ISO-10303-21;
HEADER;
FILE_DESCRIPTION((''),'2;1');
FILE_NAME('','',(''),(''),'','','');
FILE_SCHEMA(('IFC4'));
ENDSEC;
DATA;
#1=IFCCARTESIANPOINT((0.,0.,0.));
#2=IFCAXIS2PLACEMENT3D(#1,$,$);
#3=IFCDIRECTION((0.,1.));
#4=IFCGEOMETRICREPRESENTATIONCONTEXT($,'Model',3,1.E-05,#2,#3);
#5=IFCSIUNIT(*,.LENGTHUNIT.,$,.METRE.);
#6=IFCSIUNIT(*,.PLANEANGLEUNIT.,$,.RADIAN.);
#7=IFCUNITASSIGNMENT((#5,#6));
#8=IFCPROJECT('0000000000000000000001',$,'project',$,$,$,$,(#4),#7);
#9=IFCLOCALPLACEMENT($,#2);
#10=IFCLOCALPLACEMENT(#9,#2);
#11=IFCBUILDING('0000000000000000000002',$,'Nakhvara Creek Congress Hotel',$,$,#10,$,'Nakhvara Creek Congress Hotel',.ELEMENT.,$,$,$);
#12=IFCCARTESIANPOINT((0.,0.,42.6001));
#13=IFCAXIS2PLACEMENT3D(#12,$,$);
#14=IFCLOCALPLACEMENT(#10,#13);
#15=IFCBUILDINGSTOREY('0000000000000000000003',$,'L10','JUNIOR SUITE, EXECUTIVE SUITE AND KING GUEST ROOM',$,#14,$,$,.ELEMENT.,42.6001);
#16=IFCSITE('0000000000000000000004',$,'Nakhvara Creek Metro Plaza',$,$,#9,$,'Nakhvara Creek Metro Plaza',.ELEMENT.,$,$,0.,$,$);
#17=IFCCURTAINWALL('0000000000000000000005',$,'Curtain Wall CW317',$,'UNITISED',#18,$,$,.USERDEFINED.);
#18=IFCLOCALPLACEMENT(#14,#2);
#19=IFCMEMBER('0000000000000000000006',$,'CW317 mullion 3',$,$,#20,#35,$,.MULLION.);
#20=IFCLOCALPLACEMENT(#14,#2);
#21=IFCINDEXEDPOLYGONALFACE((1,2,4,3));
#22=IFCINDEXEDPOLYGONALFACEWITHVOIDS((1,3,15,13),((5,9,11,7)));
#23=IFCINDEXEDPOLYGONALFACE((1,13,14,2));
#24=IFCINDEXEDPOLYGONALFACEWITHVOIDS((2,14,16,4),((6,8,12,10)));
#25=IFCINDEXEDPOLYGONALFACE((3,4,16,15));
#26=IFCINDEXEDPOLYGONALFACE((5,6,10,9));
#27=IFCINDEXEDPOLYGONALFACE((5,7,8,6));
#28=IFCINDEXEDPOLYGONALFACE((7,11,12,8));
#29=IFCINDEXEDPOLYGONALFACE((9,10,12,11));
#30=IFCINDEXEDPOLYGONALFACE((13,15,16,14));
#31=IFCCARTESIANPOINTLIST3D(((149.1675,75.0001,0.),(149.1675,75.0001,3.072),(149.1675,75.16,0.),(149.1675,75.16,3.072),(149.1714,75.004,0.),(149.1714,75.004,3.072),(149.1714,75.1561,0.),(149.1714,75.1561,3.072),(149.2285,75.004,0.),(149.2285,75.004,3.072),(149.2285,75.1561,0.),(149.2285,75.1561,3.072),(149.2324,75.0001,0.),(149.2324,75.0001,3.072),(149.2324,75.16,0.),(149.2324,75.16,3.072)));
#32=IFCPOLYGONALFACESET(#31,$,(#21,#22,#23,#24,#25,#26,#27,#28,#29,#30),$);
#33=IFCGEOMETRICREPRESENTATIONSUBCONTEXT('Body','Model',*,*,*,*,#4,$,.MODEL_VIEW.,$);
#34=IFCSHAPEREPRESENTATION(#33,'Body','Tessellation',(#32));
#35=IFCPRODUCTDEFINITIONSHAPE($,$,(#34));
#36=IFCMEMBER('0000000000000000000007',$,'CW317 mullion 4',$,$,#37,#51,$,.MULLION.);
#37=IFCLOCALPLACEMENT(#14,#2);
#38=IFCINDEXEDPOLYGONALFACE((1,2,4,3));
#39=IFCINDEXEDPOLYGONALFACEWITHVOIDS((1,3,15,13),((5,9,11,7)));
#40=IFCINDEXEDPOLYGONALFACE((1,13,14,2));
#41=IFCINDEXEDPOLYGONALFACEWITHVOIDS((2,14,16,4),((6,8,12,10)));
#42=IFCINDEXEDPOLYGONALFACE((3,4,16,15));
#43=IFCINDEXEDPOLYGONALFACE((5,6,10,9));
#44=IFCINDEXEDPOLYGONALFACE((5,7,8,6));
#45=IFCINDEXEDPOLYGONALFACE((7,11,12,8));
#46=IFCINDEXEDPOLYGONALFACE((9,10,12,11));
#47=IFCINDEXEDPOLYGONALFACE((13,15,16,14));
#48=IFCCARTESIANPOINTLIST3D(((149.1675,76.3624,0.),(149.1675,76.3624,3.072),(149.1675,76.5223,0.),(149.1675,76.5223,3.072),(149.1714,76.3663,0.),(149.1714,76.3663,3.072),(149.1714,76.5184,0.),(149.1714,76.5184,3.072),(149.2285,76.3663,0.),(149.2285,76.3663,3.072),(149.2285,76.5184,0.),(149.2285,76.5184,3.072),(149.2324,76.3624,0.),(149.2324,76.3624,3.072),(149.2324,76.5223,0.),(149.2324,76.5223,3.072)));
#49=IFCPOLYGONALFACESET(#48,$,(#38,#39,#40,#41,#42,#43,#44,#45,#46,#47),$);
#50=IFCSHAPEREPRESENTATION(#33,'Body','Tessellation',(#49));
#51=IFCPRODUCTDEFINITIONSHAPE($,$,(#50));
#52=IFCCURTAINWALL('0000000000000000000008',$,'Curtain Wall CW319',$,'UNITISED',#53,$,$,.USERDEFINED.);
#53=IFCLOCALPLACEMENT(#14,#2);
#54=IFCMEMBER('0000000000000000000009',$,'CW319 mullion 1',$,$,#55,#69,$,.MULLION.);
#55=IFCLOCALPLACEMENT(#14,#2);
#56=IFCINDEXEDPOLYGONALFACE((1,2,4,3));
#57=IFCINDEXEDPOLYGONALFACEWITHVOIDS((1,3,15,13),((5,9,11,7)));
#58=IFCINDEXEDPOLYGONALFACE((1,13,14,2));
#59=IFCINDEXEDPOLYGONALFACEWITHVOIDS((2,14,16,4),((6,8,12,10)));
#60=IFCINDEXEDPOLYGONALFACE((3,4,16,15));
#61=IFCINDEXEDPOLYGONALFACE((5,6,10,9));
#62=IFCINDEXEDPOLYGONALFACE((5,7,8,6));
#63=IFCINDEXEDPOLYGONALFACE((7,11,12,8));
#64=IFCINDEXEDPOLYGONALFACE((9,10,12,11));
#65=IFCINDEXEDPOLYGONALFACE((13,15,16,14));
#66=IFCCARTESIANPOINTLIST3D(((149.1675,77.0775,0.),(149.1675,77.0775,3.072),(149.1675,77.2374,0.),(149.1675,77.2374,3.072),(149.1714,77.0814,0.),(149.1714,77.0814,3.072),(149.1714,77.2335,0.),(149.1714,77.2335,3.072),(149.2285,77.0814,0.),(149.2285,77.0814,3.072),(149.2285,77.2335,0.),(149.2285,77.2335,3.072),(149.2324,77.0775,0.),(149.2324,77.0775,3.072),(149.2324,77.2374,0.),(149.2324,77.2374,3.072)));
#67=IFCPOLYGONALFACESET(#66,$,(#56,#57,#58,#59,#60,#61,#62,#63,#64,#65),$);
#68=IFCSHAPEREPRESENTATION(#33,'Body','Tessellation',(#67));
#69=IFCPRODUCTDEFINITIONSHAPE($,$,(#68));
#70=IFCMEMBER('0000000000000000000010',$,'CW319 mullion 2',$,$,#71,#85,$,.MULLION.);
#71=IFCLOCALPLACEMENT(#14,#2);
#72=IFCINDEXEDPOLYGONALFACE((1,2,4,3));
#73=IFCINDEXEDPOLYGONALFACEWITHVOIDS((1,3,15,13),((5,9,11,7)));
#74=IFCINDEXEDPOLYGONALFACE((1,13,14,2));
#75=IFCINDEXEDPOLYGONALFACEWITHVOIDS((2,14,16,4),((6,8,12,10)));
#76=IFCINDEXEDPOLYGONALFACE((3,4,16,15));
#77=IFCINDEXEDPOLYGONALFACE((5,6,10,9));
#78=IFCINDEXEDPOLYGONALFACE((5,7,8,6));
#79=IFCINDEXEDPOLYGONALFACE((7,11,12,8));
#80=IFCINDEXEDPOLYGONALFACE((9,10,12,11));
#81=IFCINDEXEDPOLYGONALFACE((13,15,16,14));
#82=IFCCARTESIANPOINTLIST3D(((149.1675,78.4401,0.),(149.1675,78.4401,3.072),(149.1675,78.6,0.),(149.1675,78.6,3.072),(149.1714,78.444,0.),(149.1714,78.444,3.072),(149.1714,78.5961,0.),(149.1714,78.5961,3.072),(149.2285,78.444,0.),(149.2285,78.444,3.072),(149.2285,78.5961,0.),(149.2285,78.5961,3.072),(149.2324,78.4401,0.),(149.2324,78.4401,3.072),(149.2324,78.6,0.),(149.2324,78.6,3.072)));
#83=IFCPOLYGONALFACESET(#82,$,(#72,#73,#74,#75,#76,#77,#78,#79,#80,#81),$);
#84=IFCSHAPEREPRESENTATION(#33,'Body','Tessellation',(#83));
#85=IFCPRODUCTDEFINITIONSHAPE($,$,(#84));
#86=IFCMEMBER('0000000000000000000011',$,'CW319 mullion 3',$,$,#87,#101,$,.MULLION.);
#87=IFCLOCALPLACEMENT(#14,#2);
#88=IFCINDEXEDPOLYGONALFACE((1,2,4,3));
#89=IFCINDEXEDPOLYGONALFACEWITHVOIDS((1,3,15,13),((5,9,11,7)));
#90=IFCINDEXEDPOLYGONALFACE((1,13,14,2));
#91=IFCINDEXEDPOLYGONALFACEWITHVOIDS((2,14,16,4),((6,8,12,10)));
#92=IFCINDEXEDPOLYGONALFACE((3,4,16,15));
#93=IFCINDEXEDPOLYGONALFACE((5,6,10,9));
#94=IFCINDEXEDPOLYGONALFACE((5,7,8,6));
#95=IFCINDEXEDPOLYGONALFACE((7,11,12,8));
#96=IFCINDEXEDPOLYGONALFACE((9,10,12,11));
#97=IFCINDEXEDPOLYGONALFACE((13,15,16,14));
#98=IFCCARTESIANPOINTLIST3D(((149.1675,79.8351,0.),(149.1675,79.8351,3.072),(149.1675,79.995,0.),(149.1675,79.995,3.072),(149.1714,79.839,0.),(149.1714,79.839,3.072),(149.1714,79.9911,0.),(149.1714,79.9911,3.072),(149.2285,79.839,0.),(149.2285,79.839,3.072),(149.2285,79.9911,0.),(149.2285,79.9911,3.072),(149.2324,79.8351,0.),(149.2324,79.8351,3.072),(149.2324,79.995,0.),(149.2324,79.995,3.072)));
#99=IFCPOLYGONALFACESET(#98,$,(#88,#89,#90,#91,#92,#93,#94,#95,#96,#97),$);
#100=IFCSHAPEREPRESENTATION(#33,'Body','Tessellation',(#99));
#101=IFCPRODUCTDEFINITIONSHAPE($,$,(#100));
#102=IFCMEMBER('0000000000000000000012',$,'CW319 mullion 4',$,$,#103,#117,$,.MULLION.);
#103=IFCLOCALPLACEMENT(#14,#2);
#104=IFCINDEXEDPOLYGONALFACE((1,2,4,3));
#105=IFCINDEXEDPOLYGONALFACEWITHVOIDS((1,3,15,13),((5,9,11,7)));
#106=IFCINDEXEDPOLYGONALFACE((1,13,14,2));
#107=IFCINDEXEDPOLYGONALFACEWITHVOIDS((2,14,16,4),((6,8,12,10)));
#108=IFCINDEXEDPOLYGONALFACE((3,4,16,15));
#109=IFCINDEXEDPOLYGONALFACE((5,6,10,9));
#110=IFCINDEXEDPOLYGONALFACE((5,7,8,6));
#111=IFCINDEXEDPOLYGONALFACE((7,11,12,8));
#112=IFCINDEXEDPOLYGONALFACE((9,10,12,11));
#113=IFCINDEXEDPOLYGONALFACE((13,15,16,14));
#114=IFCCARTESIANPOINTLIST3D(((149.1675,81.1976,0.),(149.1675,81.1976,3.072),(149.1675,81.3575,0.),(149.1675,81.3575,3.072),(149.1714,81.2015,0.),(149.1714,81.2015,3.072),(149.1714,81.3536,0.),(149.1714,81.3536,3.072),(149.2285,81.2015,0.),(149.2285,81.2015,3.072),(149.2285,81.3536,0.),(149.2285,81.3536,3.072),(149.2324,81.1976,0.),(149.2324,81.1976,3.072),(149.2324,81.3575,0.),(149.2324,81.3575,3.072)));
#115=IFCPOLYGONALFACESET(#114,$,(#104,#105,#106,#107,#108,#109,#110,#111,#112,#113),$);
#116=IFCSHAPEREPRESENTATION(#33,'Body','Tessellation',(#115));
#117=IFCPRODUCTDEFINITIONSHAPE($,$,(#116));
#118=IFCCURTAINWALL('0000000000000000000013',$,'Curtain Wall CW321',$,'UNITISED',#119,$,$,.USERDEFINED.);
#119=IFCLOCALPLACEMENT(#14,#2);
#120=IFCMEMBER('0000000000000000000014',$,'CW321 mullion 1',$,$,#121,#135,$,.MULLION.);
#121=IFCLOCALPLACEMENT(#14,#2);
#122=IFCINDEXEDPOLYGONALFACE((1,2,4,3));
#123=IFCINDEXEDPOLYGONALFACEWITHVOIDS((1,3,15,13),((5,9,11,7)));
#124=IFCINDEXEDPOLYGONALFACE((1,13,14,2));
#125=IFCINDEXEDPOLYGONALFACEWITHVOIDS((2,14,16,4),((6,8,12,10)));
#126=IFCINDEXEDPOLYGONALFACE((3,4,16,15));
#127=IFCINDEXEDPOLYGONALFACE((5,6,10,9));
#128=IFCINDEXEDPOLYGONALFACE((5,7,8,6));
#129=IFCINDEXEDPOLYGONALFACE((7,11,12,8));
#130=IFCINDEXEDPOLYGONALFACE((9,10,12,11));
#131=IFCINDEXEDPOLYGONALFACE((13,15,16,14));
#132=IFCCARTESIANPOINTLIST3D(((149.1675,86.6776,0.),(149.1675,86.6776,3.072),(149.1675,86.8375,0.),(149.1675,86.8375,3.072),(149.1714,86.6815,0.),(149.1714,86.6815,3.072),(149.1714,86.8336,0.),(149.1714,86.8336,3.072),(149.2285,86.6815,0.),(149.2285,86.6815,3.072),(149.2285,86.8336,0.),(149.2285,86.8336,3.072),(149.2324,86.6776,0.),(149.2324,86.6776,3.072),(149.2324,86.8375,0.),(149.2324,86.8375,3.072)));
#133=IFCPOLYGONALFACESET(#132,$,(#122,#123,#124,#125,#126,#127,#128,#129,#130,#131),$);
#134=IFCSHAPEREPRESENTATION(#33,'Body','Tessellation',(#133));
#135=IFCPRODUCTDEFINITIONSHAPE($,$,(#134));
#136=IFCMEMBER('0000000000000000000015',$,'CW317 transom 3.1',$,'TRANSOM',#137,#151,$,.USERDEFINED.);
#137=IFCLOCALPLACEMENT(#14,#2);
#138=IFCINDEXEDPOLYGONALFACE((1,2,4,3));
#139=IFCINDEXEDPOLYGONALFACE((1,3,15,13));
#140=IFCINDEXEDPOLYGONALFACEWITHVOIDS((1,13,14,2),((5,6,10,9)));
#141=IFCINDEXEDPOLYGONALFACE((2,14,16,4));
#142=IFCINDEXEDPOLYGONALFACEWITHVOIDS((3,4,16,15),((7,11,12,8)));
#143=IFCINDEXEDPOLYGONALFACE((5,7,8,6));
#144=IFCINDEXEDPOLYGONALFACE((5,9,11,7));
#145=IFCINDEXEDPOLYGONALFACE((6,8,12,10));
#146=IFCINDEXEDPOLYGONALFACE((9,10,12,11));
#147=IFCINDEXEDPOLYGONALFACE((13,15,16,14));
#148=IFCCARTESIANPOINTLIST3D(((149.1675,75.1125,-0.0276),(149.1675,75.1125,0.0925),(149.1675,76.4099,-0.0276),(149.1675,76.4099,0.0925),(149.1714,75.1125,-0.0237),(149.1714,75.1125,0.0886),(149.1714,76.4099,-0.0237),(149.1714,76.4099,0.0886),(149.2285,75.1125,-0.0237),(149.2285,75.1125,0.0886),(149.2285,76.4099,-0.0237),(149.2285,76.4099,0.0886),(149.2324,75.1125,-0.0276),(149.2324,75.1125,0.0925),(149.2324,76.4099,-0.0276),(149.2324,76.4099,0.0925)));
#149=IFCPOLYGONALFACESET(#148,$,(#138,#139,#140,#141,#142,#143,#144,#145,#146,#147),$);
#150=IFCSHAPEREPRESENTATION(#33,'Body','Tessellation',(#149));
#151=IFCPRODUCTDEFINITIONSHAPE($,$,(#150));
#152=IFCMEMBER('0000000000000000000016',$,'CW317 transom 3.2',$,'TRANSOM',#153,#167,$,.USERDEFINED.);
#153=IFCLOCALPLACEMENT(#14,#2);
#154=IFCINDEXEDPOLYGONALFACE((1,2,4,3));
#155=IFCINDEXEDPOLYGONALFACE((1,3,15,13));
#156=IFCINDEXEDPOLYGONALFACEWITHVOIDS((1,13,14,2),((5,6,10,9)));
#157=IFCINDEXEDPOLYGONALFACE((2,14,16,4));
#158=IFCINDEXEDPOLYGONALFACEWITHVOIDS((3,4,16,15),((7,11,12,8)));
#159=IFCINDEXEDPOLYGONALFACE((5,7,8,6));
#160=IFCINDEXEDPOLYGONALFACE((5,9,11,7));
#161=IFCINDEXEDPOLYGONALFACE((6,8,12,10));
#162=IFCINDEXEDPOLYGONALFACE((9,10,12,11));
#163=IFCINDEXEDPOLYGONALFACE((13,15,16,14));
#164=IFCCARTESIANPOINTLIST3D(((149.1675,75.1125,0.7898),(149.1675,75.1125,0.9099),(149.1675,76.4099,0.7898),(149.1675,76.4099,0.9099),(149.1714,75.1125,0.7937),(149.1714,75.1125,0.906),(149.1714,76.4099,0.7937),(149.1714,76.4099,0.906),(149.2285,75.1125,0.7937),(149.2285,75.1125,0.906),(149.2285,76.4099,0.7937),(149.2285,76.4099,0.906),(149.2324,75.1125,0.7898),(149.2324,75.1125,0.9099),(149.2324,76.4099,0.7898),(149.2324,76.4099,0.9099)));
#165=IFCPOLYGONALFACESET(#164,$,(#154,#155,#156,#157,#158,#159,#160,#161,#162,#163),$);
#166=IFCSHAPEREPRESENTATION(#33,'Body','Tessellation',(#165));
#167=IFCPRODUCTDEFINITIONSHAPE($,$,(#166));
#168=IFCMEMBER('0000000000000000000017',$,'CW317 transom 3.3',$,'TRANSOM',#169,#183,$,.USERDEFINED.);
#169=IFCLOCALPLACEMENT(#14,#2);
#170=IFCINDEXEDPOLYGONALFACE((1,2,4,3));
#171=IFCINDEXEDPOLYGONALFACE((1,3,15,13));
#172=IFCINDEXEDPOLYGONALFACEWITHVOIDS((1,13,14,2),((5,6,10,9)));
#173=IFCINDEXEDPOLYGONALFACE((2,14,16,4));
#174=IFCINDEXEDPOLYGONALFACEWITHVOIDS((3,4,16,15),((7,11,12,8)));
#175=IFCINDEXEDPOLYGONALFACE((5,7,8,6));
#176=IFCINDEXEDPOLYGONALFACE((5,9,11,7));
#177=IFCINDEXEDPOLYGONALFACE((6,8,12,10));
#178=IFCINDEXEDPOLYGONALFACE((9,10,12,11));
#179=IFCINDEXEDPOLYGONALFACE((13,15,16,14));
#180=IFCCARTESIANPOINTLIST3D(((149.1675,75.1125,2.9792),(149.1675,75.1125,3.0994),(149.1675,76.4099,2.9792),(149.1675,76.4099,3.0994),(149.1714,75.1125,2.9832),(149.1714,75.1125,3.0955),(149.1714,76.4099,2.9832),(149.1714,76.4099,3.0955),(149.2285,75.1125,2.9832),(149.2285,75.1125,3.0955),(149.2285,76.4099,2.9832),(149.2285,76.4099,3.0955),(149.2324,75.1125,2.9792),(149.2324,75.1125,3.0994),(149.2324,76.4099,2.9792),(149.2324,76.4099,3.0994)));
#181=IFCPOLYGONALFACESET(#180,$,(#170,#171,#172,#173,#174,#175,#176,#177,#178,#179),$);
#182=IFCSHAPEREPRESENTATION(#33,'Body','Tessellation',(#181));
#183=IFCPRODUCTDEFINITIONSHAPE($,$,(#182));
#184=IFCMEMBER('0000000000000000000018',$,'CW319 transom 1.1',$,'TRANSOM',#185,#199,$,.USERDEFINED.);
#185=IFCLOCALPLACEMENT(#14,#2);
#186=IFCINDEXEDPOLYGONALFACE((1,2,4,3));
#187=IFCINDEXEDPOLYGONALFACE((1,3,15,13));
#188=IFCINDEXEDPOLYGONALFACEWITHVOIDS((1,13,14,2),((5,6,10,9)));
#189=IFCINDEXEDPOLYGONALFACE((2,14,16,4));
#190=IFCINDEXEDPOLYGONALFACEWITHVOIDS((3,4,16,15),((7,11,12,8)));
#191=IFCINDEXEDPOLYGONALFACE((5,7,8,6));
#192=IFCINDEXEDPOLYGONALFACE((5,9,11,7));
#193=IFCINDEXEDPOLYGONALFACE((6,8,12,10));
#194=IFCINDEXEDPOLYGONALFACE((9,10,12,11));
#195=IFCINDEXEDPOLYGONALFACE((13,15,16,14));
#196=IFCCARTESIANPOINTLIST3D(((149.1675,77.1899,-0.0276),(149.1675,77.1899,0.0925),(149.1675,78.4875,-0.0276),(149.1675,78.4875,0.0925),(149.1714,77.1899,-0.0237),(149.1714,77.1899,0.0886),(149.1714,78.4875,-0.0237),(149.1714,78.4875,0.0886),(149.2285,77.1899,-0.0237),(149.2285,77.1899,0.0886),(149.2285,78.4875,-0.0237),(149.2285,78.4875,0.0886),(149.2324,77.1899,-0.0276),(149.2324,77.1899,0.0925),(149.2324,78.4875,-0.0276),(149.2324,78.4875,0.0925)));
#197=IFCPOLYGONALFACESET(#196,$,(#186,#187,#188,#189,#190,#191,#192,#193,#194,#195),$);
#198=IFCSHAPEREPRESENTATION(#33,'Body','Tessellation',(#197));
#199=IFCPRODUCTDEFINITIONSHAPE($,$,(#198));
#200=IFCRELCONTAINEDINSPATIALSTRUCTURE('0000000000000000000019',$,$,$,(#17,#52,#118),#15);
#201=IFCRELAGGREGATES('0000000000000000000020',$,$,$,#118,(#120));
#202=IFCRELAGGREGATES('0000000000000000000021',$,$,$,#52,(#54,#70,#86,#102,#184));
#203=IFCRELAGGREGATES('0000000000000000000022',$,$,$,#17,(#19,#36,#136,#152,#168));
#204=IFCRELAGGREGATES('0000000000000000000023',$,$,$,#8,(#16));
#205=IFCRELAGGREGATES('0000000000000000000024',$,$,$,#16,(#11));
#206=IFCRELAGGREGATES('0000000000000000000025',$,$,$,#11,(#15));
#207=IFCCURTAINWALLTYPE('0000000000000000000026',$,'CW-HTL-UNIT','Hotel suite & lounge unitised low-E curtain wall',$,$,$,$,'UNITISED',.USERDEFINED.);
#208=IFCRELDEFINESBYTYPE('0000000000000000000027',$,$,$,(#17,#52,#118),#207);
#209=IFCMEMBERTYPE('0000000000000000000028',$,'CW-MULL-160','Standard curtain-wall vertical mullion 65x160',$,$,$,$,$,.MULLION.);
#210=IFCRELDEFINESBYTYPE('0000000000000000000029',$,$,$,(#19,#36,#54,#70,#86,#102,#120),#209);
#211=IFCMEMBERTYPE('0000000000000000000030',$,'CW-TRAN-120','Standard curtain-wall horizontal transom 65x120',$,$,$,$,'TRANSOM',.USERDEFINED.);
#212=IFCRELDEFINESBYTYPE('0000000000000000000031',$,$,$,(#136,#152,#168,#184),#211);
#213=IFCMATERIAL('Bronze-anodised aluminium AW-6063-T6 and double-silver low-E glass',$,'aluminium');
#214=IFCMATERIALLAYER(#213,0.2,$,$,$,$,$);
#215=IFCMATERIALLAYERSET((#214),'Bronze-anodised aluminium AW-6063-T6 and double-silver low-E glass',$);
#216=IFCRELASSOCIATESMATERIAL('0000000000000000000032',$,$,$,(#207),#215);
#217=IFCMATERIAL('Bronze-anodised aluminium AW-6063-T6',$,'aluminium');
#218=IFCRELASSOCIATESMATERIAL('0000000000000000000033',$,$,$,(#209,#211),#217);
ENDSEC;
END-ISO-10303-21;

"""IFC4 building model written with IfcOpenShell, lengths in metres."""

from ifc_helpers import new_model, si_unit, direction, frame, origin, origin_2d, place, context, subcontext, project, spatial, hollow_rectangle, extrude, material, layer, layer_set, material_profile, profile_set, type_object, element, aggregate, save


model = new_model("IFC4")

# Units and contexts
model_context = context("Model", 3, precision=1e-05, world=origin(), true_north=direction((0.0, 1.0)))
body_context = subcontext(model_context, "Body", "Model", "MODEL_VIEW")
ifc_project = project(units=[si_unit("LENGTHUNIT", "METRE"), si_unit("PLANEANGLEUNIT", "RADIAN")], contexts=[model_context])

# Site, building, storey
site_placement = place(None, origin())
site = spatial("IfcSite", under=ifc_project, at=site_placement, Name="Nakhvara Creek Metro Plaza", LongName="Nakhvara Creek Metro Plaza", CompositionType="ELEMENT", RefElevation=0.0)
building_placement = place(site_placement, origin())
building = spatial("IfcBuilding", under=site, at=building_placement, Name="Nakhvara Creek Congress Hotel", LongName="Nakhvara Creek Congress Hotel", CompositionType="ELEMENT")
storey_placement = place(building_placement, frame((0.0, 0.0, 42.6001)))
storey = spatial("IfcBuildingStorey", under=building, at=storey_placement, Name="L10", Description="JUNIOR SUITE, EXECUTIVE SUITE AND KING GUEST ROOM", CompositionType="ELEMENT", Elevation=42.6001)

# Curtain walls, members
ifc_material_1 = material(Name="Bronze-anodised aluminium AW-6063-T6 and double-silver low-E glass", Category="aluminium")
ifc_layer = layer(ifc_material_1, 0.2)
ifc_layer_set = layer_set([ifc_layer], Name="Bronze-anodised aluminium AW-6063-T6 and double-silver low-E glass")
curtain_wall_type = type_object("IfcCurtainWallType", Name="CW-HTL-UNIT", Description="Hotel suite & lounge unitised low-E curtain wall", ElementType="UNITISED", PredefinedType="USERDEFINED", material=ifc_layer_set)
curtain_wall_1_placement = place(storey_placement, origin())
curtain_wall_1 = element("IfcCurtainWall", 1, at=curtain_wall_1_placement, inside=storey, type_object=curtain_wall_type, Name="Curtain Wall CW317", ObjectType="UNITISED", PredefinedType="USERDEFINED")
ifc_material_2 = material(Name="Bronze-anodised aluminium AW-6063-T6", Category="aluminium")
ifc_material_profile_1 = material_profile(ifc_material_2, hollow_rectangle(XDim=0.0649, YDim=0.1599, WallThickness=0.0039, at=origin_2d()), Name="ALU-MULL 65x160x4", Category="LoadBearing")
ifc_profile_set_1 = profile_set([ifc_material_profile_1], Name="Bronze-anodised aluminium AW-6063-T6")
member_type_1 = type_object("IfcMemberType", Name="CW-MULL-160", Description="Standard curtain-wall vertical mullion 65x160", PredefinedType="MULLION", material=ifc_profile_set_1)
member_1_placement = place(storey_placement, frame((149.2, 75.0801, 0.0), z_axis=(0.0, 0.0, 1.0), x_axis=(-1.0, 0.0, 0.0)))
member_1 = element("IfcMember", 2, at=member_1_placement, type_object=member_type_1, Name="CW317 mullion 3", PredefinedType="MULLION", context=body_context, shape_type="SweptSolid", body=[
    extrude(hollow_rectangle(XDim=0.0649, YDim=0.1599, WallThickness=0.0039, at=origin_2d()), origin(), (0.0, 0.0, 1.0), 3.072),
])
member_2_placement = place(storey_placement, frame((149.2, 76.4424, 0.0), z_axis=(0.0, 0.0, 1.0), x_axis=(-1.0, 0.0, 0.0)))
member_2 = element("IfcMember", 3, at=member_2_placement, type_object=member_type_1, Name="CW317 mullion 4", PredefinedType="MULLION", context=body_context, shape_type="SweptSolid", body=[
    extrude(hollow_rectangle(XDim=0.0649, YDim=0.1599, WallThickness=0.0039, at=origin_2d()), origin(), (0.0, 0.0, 1.0), 3.072),
])
curtain_wall_2_placement = place(storey_placement, origin())
curtain_wall_2 = element("IfcCurtainWall", 4, at=curtain_wall_2_placement, inside=storey, type_object=curtain_wall_type, Name="Curtain Wall CW319", ObjectType="UNITISED", PredefinedType="USERDEFINED")
member_3_placement = place(storey_placement, frame((149.2, 77.1575, 0.0), z_axis=(0.0, 0.0, 1.0), x_axis=(-1.0, 0.0, 0.0)))
member_3 = element("IfcMember", 5, at=member_3_placement, type_object=member_type_1, Name="CW319 mullion 1", PredefinedType="MULLION", context=body_context, shape_type="SweptSolid", body=[
    extrude(hollow_rectangle(XDim=0.0649, YDim=0.1599, WallThickness=0.0039, at=origin_2d()), origin(), (0.0, 0.0, 1.0), 3.072),
])
member_4_placement = place(storey_placement, frame((149.2, 78.52, 0.0), z_axis=(0.0, 0.0, 1.0), x_axis=(-1.0, 0.0, 0.0)))
member_4 = element("IfcMember", 6, at=member_4_placement, type_object=member_type_1, Name="CW319 mullion 2", PredefinedType="MULLION", context=body_context, shape_type="SweptSolid", body=[
    extrude(hollow_rectangle(XDim=0.0649, YDim=0.1599, WallThickness=0.0039, at=origin_2d()), origin(), (0.0, 0.0, 1.0), 3.072),
])
member_5_placement = place(storey_placement, frame((149.2, 79.915, 0.0), z_axis=(0.0, 0.0, 1.0), x_axis=(-1.0, 0.0, 0.0)))
member_5 = element("IfcMember", 7, at=member_5_placement, type_object=member_type_1, Name="CW319 mullion 3", PredefinedType="MULLION", context=body_context, shape_type="SweptSolid", body=[
    extrude(hollow_rectangle(XDim=0.0649, YDim=0.1599, WallThickness=0.0039, at=origin_2d()), origin(), (0.0, 0.0, 1.0), 3.072),
])
member_6_placement = place(storey_placement, frame((149.2, 81.2776, 0.0), z_axis=(0.0, 0.0, 1.0), x_axis=(-1.0, 0.0, 0.0)))
member_6 = element("IfcMember", 8, at=member_6_placement, type_object=member_type_1, Name="CW319 mullion 4", PredefinedType="MULLION", context=body_context, shape_type="SweptSolid", body=[
    extrude(hollow_rectangle(XDim=0.0649, YDim=0.1599, WallThickness=0.0039, at=origin_2d()), origin(), (0.0, 0.0, 1.0), 3.072),
])

# Curtain wall, member
curtain_wall_3_placement = place(storey_placement, origin())
curtain_wall_3 = element("IfcCurtainWall", 9, at=curtain_wall_3_placement, inside=storey, type_object=curtain_wall_type, Name="Curtain Wall CW321", ObjectType="UNITISED", PredefinedType="USERDEFINED")
member_7_placement = place(storey_placement, frame((149.2, 86.7576, 0.0), z_axis=(0.0, 0.0, 1.0), x_axis=(-1.0, 0.0, 0.0)))
member_7 = element("IfcMember", 10, at=member_7_placement, type_object=member_type_1, Name="CW321 mullion 1", PredefinedType="MULLION", context=body_context, shape_type="SweptSolid", body=[
    extrude(hollow_rectangle(XDim=0.0649, YDim=0.1599, WallThickness=0.0039, at=origin_2d()), origin(), (0.0, 0.0, 1.0), 3.072),
])

# Members
ifc_material_profile_2 = material_profile(ifc_material_2, hollow_rectangle(XDim=0.0649, YDim=0.1201, WallThickness=0.0039, at=origin_2d()), Name="ALU-TRAN 65x120x4", Category="LoadBearing")
ifc_profile_set_2 = profile_set([ifc_material_profile_2], Name="Bronze-anodised aluminium AW-6063-T6")
member_type_2 = type_object("IfcMemberType", Name="CW-TRAN-120", Description="Standard curtain-wall horizontal transom 65x120", ElementType="TRANSOM", PredefinedType="USERDEFINED", material=ifc_profile_set_2)
member_8_placement = place(storey_placement, frame((149.2, 75.1125, 0.0325), z_axis=(0.0, 1.0, 0.0), x_axis=(-1.0, 0.0, 0.0)))
member_8 = element("IfcMember", 11, at=member_8_placement, type_object=member_type_2, Name="CW317 transom 3.1", ObjectType="TRANSOM", PredefinedType="USERDEFINED", context=body_context, shape_type="SweptSolid", body=[
    extrude(hollow_rectangle(XDim=0.0649, YDim=0.1201, WallThickness=0.0039, at=origin_2d()), origin(), (0.0, 0.0, 1.0), 1.2974),
])
member_9_placement = place(storey_placement, frame((149.2, 75.1125, 0.8499), z_axis=(0.0, 1.0, 0.0), x_axis=(-1.0, 0.0, 0.0)))
member_9 = element("IfcMember", 12, at=member_9_placement, type_object=member_type_2, Name="CW317 transom 3.2", ObjectType="TRANSOM", PredefinedType="USERDEFINED", context=body_context, shape_type="SweptSolid", body=[
    extrude(hollow_rectangle(XDim=0.0649, YDim=0.1201, WallThickness=0.0039, at=origin_2d()), origin(), (0.0, 0.0, 1.0), 1.2974),
])
member_10_placement = place(storey_placement, frame((149.2, 75.1125, 3.0393), z_axis=(0.0, 1.0, 0.0), x_axis=(-1.0, 0.0, 0.0)))
member_10 = element("IfcMember", 13, at=member_10_placement, type_object=member_type_2, Name="CW317 transom 3.3", ObjectType="TRANSOM", PredefinedType="USERDEFINED", context=body_context, shape_type="SweptSolid", body=[
    extrude(hollow_rectangle(XDim=0.0649, YDim=0.1201, WallThickness=0.0039, at=origin_2d()), origin(), (0.0, 0.0, 1.0), 1.2974),
])
member_11_placement = place(storey_placement, frame((149.2, 77.1899, 0.0325), z_axis=(0.0, 1.0, 0.0), x_axis=(-1.0, 0.0, 0.0)))
member_11 = element("IfcMember", 14, at=member_11_placement, type_object=member_type_2, Name="CW319 transom 1.1", ObjectType="TRANSOM", PredefinedType="USERDEFINED", context=body_context, shape_type="SweptSolid", body=[
    extrude(hollow_rectangle(XDim=0.0649, YDim=0.1201, WallThickness=0.0039, at=origin_2d()), origin(), (0.0, 0.0, 1.0), 1.2976),
])
aggregate(curtain_wall_3, [member_7])

aggregate(curtain_wall_2, [member_3, member_4, member_5, member_6, member_11])
aggregate(curtain_wall_1, [member_1, member_2, member_8, member_9, member_10])

save(model, "model.ifc")
